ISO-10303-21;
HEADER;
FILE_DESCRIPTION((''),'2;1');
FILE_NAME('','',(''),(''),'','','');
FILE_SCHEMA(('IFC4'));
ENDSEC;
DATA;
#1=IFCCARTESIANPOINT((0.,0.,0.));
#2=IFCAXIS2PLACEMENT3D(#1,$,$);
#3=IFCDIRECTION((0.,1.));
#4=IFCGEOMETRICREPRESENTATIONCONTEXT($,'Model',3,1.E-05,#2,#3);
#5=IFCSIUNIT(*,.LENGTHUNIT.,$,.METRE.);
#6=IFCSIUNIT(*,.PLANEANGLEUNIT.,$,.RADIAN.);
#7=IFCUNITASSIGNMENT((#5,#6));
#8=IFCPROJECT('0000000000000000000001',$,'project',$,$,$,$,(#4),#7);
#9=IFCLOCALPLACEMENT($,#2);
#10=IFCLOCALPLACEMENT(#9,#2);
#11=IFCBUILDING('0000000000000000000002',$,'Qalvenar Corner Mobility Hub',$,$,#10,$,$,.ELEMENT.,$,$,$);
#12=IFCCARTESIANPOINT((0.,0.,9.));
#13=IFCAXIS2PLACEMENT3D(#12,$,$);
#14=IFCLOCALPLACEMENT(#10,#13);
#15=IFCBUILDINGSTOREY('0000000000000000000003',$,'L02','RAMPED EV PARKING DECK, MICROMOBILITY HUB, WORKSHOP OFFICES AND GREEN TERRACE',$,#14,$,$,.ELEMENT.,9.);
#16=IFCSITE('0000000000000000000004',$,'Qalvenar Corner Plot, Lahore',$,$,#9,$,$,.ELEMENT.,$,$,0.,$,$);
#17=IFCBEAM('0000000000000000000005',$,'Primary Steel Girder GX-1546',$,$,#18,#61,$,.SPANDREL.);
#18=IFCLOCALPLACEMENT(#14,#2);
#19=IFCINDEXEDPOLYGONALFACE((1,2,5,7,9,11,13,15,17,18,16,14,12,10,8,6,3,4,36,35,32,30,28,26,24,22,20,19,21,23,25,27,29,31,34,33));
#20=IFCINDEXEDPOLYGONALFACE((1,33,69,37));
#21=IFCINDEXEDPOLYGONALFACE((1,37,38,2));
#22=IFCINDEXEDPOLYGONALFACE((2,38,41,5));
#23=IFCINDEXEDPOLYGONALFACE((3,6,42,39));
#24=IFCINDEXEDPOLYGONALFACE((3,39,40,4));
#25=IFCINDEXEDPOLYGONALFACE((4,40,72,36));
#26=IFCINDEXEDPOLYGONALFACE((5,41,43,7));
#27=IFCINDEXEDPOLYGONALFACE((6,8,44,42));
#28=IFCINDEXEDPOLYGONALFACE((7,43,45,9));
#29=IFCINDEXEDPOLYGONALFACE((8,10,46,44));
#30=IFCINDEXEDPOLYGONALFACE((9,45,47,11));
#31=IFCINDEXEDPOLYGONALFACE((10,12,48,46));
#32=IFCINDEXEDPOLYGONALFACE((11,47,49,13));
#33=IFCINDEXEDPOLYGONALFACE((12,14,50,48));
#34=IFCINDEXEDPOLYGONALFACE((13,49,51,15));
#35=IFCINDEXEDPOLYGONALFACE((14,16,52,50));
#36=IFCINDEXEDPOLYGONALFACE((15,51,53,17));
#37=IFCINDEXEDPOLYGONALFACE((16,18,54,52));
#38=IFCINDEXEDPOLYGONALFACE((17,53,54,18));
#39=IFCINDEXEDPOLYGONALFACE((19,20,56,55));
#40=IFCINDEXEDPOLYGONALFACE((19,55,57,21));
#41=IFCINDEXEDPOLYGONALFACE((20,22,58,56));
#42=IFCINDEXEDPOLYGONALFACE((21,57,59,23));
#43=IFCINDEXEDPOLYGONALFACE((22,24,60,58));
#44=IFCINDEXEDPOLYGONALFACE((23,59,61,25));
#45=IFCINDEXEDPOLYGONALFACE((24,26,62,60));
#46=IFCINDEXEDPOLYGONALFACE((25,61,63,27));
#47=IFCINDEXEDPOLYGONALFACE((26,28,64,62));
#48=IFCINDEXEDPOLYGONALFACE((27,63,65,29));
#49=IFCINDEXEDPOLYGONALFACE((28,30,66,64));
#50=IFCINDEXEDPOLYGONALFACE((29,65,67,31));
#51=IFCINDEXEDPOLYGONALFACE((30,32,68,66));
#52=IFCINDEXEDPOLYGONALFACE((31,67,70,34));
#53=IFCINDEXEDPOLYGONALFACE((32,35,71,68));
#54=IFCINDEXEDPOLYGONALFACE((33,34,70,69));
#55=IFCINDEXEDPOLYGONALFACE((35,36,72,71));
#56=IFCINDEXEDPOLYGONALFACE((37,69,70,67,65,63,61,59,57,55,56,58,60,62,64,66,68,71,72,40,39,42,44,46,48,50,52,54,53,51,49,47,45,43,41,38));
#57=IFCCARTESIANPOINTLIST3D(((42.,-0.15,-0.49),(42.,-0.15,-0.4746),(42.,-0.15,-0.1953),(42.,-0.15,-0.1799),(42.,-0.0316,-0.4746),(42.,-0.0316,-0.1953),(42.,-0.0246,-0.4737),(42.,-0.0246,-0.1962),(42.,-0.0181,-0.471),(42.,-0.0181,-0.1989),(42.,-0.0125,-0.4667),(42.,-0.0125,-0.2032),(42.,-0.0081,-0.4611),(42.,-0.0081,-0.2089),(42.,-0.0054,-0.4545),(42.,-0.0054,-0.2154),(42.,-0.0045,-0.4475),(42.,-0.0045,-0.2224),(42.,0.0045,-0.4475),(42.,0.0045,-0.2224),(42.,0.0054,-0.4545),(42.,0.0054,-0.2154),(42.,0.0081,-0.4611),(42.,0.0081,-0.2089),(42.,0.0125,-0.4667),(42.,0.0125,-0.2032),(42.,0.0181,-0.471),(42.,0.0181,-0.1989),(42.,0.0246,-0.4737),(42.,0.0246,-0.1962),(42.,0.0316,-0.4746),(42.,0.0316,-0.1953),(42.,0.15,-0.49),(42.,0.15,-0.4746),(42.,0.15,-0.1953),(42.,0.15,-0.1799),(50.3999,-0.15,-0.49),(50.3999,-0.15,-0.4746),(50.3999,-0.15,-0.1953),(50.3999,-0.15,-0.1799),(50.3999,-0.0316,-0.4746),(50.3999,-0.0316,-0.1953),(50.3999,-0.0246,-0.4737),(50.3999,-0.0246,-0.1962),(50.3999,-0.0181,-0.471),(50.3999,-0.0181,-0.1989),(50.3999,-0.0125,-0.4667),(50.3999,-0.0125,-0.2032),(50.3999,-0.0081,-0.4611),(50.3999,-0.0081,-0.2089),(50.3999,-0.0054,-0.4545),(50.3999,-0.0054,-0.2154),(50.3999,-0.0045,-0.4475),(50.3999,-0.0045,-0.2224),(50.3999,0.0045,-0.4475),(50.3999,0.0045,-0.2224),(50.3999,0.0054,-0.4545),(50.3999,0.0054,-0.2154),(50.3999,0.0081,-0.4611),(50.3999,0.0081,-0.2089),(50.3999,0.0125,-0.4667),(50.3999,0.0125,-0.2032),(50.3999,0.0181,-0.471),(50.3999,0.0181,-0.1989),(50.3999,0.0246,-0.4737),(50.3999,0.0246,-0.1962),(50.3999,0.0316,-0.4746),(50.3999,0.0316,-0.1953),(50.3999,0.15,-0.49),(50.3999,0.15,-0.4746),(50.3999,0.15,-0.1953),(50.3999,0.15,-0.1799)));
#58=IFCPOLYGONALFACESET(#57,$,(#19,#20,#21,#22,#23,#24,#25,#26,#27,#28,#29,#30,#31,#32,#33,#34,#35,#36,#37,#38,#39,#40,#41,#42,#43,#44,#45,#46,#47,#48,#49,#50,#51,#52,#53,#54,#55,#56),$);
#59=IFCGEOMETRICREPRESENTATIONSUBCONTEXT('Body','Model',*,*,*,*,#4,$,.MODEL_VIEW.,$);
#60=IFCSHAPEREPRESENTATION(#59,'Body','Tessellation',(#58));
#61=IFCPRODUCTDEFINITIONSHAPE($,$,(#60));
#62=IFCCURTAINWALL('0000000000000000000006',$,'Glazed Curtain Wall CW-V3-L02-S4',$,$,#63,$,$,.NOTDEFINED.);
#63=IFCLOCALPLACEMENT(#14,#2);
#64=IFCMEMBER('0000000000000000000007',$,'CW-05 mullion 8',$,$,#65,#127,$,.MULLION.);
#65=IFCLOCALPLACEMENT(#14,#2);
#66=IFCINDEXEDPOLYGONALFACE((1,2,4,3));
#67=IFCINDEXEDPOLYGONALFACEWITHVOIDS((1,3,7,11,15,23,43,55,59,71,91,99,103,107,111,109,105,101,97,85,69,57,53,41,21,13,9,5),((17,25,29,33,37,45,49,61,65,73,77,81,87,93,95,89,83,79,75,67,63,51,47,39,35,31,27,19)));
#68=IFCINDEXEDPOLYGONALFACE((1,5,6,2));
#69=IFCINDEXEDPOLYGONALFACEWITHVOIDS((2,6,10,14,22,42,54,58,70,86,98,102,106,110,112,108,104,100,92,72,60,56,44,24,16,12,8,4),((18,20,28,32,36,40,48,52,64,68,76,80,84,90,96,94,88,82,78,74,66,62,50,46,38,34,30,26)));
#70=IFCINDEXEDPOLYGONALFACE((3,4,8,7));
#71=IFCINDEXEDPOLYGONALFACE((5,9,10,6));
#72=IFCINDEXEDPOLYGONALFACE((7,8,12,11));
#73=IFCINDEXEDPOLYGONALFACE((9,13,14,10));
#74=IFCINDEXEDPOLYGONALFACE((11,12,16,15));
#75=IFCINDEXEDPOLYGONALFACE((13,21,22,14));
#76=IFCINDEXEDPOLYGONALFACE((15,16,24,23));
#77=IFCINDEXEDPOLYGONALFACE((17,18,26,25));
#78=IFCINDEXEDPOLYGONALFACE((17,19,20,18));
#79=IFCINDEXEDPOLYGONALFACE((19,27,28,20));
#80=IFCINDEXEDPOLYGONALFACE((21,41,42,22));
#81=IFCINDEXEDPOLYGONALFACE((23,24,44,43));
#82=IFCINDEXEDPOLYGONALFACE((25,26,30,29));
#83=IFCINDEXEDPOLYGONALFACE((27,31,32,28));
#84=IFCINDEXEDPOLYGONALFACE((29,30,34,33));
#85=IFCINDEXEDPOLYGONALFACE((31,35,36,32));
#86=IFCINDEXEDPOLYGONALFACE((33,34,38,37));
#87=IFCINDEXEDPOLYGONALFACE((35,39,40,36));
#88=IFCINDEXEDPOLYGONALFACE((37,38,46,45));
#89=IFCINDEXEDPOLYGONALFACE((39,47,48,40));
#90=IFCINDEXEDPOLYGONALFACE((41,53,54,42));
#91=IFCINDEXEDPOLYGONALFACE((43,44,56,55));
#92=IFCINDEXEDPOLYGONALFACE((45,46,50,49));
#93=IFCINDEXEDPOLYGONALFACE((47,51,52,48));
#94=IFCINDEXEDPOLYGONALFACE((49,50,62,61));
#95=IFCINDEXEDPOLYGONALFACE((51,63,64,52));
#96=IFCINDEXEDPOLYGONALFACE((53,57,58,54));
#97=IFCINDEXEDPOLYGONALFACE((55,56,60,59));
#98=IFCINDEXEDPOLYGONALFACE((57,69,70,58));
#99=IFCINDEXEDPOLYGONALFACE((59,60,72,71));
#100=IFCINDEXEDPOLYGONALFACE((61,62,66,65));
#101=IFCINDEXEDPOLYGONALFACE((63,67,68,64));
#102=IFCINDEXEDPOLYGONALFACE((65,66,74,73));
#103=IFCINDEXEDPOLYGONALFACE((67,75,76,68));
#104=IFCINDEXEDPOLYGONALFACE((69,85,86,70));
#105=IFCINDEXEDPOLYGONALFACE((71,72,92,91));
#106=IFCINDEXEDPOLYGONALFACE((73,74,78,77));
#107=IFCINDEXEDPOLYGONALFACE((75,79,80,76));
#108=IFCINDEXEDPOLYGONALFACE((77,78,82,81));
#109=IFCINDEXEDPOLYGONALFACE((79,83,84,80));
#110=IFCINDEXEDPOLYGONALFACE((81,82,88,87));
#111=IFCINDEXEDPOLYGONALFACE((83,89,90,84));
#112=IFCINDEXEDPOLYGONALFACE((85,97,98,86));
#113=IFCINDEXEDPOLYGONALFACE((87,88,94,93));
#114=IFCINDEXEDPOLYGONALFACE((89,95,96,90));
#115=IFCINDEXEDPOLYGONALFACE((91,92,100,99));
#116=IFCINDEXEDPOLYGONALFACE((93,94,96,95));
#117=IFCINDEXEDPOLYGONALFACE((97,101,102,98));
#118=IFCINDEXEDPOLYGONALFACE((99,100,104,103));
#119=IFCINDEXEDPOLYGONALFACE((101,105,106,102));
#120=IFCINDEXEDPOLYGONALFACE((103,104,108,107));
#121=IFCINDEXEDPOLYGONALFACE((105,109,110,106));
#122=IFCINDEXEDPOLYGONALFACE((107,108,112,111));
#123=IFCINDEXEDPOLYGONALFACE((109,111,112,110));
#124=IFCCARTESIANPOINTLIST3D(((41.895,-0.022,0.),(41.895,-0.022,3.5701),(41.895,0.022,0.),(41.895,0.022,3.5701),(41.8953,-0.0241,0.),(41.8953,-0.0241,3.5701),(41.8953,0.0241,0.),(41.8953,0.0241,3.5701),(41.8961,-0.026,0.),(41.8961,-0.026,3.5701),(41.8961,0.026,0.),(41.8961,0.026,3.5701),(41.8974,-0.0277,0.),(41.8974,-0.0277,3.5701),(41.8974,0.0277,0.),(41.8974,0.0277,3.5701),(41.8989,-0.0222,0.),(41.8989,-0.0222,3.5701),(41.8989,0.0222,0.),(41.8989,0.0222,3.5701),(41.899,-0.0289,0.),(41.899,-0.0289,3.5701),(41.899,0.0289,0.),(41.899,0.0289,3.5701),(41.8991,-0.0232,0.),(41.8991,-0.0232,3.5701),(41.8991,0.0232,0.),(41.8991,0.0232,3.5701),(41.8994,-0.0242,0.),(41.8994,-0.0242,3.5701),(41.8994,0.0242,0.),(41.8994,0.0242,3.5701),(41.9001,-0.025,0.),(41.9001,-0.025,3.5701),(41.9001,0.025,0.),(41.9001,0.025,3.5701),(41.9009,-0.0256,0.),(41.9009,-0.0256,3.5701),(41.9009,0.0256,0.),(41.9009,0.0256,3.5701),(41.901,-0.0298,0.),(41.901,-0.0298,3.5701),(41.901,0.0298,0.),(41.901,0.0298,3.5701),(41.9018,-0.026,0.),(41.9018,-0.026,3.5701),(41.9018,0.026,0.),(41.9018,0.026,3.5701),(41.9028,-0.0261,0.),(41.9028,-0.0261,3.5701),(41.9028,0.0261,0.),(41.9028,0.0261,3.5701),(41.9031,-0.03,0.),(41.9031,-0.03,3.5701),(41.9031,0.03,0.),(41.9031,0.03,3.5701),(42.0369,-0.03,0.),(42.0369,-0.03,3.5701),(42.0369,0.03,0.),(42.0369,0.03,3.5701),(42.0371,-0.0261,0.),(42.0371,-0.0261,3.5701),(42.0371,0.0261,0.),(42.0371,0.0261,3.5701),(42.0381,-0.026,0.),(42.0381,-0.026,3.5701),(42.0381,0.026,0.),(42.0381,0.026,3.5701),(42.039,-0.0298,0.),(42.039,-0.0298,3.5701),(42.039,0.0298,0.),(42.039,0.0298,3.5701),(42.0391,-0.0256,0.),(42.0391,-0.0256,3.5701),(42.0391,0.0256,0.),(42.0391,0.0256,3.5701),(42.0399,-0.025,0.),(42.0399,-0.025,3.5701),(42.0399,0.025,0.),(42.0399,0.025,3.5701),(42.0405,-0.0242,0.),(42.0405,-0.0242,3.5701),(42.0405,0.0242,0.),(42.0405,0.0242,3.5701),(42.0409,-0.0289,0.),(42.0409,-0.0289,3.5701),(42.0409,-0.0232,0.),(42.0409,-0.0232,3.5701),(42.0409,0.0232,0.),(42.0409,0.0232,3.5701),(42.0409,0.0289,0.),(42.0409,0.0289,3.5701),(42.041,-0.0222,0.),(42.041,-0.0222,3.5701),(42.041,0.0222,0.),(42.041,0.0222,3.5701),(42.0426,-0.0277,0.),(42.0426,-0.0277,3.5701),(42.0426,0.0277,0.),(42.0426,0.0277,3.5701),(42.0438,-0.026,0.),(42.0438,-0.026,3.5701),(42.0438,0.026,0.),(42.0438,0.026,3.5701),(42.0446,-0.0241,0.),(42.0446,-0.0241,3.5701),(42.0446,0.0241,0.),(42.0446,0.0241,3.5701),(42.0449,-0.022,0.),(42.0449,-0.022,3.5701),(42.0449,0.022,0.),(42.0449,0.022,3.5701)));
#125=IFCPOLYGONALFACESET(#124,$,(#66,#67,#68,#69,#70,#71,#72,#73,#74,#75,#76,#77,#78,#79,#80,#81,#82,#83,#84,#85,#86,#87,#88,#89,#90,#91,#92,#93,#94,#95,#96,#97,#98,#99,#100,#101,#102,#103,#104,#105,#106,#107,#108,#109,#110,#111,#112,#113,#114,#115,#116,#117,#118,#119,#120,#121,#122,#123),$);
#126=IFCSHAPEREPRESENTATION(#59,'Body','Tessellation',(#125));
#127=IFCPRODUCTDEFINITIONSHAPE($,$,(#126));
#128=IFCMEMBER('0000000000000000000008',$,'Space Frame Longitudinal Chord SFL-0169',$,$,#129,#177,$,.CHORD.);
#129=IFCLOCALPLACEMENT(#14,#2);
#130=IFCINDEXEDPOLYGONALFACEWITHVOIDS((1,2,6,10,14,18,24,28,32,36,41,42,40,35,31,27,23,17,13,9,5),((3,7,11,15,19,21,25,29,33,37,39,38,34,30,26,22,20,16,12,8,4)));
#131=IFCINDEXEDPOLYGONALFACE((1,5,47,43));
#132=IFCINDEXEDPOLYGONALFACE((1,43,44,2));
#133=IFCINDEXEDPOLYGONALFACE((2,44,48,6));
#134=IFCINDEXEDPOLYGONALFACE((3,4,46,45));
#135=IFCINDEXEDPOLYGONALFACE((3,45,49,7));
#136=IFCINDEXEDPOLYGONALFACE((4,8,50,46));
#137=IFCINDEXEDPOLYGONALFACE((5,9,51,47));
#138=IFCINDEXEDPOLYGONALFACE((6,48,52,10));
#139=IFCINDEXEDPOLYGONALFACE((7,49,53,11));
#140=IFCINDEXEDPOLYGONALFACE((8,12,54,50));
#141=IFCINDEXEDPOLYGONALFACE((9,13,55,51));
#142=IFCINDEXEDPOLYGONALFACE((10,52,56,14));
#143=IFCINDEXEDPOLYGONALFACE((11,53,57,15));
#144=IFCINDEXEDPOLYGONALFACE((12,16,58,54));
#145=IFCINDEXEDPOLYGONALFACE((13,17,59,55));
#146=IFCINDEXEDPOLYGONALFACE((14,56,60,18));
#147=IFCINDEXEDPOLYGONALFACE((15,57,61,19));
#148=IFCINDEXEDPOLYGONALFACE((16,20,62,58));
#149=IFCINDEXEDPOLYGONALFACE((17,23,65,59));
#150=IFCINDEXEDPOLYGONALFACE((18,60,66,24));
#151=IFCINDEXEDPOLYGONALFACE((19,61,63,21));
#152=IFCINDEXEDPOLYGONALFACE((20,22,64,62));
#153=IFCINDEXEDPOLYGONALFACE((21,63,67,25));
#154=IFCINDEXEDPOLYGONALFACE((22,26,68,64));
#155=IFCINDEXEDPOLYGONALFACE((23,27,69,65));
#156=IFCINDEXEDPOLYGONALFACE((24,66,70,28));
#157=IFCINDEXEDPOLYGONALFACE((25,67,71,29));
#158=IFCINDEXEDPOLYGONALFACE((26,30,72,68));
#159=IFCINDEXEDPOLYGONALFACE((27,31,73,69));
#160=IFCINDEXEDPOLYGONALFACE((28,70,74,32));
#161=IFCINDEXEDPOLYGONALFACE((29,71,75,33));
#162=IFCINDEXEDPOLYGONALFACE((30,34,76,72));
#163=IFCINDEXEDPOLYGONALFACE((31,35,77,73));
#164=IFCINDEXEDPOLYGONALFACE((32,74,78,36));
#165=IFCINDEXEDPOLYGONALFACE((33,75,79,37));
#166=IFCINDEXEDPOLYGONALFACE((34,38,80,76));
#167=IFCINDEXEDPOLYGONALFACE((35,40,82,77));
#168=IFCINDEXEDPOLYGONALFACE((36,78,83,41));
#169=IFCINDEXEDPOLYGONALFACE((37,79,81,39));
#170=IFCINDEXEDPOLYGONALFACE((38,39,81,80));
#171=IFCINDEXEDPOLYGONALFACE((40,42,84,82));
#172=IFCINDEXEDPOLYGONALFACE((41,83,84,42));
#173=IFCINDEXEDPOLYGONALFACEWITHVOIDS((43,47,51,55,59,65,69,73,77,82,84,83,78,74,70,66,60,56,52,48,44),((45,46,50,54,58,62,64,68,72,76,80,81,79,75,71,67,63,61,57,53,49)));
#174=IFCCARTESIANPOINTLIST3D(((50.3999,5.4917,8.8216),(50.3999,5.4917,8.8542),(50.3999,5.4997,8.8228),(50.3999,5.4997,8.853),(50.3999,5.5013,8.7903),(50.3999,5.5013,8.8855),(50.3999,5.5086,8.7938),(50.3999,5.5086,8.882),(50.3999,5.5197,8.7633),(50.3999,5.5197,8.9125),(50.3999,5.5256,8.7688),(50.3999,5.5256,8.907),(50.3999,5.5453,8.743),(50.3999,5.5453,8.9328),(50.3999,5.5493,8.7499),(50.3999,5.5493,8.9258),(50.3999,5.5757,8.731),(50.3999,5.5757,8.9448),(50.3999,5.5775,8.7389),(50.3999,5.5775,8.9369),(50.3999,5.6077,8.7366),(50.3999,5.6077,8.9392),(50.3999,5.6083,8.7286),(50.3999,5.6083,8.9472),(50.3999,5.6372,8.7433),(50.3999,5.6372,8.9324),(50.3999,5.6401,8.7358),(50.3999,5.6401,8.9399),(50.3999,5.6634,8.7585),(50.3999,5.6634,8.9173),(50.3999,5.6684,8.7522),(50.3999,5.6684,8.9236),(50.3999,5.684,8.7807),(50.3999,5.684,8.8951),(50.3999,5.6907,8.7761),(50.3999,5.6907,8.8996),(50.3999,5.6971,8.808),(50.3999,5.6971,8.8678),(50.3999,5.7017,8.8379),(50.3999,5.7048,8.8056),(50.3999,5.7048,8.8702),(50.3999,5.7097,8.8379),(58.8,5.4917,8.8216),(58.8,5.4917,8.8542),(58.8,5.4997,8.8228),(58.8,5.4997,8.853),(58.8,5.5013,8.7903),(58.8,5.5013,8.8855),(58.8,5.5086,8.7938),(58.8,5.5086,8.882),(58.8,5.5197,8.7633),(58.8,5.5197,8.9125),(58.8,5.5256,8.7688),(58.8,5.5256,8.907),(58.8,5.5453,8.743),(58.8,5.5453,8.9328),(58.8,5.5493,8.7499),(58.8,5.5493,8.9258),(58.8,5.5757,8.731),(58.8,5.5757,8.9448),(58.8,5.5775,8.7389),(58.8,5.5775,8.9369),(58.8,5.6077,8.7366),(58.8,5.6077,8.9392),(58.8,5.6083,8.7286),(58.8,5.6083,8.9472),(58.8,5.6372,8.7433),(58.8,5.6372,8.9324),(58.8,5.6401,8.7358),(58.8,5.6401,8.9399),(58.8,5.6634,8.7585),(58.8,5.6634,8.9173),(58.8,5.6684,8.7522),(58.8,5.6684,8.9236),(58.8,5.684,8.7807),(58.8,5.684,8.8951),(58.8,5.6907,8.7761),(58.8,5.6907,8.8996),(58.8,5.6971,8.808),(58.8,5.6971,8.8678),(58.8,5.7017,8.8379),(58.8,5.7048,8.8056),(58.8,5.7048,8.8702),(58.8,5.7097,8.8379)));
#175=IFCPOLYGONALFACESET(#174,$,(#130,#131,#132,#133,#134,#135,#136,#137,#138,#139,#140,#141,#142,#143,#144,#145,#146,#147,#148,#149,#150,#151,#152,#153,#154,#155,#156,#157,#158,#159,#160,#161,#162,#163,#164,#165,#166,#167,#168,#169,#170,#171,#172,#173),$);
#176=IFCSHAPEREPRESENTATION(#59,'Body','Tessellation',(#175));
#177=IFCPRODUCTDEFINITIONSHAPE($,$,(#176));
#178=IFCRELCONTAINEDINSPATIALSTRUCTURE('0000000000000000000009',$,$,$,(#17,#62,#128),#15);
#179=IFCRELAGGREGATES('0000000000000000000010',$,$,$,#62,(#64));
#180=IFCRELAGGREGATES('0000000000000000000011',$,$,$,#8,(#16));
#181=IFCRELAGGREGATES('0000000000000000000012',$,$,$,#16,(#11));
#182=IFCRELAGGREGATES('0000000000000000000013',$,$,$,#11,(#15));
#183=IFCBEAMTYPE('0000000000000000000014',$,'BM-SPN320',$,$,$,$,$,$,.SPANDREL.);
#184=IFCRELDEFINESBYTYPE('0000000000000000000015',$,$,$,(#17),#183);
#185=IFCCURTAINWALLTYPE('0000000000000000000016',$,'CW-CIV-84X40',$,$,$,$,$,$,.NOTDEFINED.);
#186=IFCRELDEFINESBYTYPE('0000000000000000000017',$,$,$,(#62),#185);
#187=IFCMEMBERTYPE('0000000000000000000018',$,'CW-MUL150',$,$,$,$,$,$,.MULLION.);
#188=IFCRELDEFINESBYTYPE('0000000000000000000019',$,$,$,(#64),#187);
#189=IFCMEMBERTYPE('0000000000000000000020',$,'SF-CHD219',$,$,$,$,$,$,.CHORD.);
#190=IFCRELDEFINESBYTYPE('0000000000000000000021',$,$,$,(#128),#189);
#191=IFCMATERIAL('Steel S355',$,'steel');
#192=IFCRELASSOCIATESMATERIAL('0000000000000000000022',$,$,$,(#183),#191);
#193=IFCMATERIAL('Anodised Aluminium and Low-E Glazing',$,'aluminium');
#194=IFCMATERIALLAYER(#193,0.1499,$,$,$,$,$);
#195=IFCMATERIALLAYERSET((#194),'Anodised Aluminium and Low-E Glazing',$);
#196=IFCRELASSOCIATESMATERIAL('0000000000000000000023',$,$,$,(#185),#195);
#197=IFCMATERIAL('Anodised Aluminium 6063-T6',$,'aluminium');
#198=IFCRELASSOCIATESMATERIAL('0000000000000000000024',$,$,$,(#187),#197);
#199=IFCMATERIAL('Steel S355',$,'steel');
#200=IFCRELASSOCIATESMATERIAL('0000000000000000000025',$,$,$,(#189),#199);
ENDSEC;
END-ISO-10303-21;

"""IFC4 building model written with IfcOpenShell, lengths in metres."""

from ifc_helpers import new_model, si_unit, direction, frame, origin, origin_2d, place, context, subcontext, project, spatial, hollow_rectangle, hollow_circle, i_section, extrude, material, layer, layer_set, material_profile, profile_set, type_object, element, aggregate, save


model = new_model("IFC4")

# Units and contexts
model_context = context("Model", 3, precision=1e-05, world=origin(), true_north=direction((0.0, 1.0)))
body_context = subcontext(model_context, "Body", "Model", "MODEL_VIEW")
ifc_project = project(units=[si_unit("LENGTHUNIT", "METRE"), si_unit("PLANEANGLEUNIT", "RADIAN")], contexts=[model_context])

# Site, building, storey
site_placement = place(None, origin())
site = spatial("IfcSite", under=ifc_project, at=site_placement, Name="Qalvenar Corner Plot, Lahore", CompositionType="ELEMENT", RefElevation=0.0)
building_placement = place(site_placement, origin())
building = spatial("IfcBuilding", under=site, at=building_placement, Name="Qalvenar Corner Mobility Hub", CompositionType="ELEMENT")
storey_placement = place(building_placement, frame((0.0, 0.0, 9.0)))
storey = spatial("IfcBuildingStorey", under=building, at=storey_placement, Name="L02", Description="RAMPED EV PARKING DECK, MICROMOBILITY HUB, WORKSHOP OFFICES AND GREEN TERRACE", CompositionType="ELEMENT", Elevation=9.0)

# Shared definitions
ifc_material_1 = material(Name="Steel S355", Category="steel")

# Beam
ifc_material_profile_1 = material_profile(ifc_material_1, i_section(OverallWidth=0.3, OverallDepth=0.3101, WebThickness=0.009, FlangeThickness=0.0154, FilletRadius=0.0271, at=origin_2d()), Name="HEA320")
ifc_profile_set_1 = profile_set([ifc_material_profile_1], Name="Steel S355")
beam_type_1 = type_object("IfcBeamType", Name="BM-SPN320", PredefinedType="SPANDREL", material=ifc_profile_set_1)
beam_1_placement = place(storey_placement, frame((42.0, 0.0, -0.335), z_axis=(1.0, 0.0, 0.0), x_axis=(0.0, 1.0, 0.0)))
element("IfcBeam", 1, at=beam_1_placement, inside=storey, type_object=beam_type_1, Name="Primary Steel Girder GX-1546", PredefinedType="SPANDREL", context=body_context, shape_type="SweptSolid", body=[
    extrude(i_section(OverallWidth=0.3, OverallDepth=0.3101, WebThickness=0.009, FlangeThickness=0.0154, FilletRadius=0.0271, at=origin_2d()), origin(), (0.0, 0.0, 1.0), 8.3999),
])

# Curtain wall, member
ifc_material_2 = material(Name="Anodised Aluminium and Low-E Glazing", Category="aluminium")
ifc_layer_1 = layer(ifc_material_2, 0.1499)
ifc_layer_set_1 = layer_set([ifc_layer_1], Name="Anodised Aluminium and Low-E Glazing")
curtain_wall_type = type_object("IfcCurtainWallType", Name="CW-CIV-84X40", PredefinedType="NOTDEFINED", material=ifc_layer_set_1)
curtain_wall_placement = place(storey_placement, origin())
curtain_wall = element("IfcCurtainWall", 2, at=curtain_wall_placement, inside=storey, type_object=curtain_wall_type, Name="Glazed Curtain Wall CW-V3-L02-S4", PredefinedType="NOTDEFINED")
ifc_material_3 = material(Name="Anodised Aluminium 6063-T6", Category="aluminium")
ifc_material_profile_2 = material_profile(ifc_material_3, hollow_rectangle(XDim=0.0601, YDim=0.1499, WallThickness=0.0039, InnerFilletRadius=0.0039, OuterFilletRadius=0.0081, at=origin_2d()), Name="RHS150x60x4")
ifc_profile_set_2 = profile_set([ifc_material_profile_2], Name="Anodised Aluminium 6063-T6")
member_type_1 = type_object("IfcMemberType", Name="CW-MUL150", PredefinedType="MULLION", material=ifc_profile_set_2)
member_1_placement = place(storey_placement, frame((41.97, 0.0, 0.0), z_axis=(0.0, 0.0, 1.0), x_axis=(0.0, 1.0, 0.0)))
member_1 = element("IfcMember", 3, at=member_1_placement, type_object=member_type_1, Name="CW-05 mullion 8", PredefinedType="MULLION", context=body_context, shape_type="SweptSolid", body=[
    extrude(hollow_rectangle(XDim=0.0601, YDim=0.1499, WallThickness=0.0039, InnerFilletRadius=0.0039, OuterFilletRadius=0.0081, at=origin_2d()), origin(), (0.0, 0.0, 1.0), 3.5701),
])
aggregate(curtain_wall, [member_1])

# Member
ifc_material_4 = material(Name="Steel S355", Category="steel")
ifc_material_profile_3 = material_profile(ifc_material_4, hollow_circle(Radius=0.1096, WallThickness=0.0081, at=origin_2d()), Name="CHS219.1x8")
ifc_profile_set_3 = profile_set([ifc_material_profile_3], Name="Steel S355")
member_type_2 = type_object("IfcMemberType", Name="SF-CHD219", PredefinedType="CHORD", material=ifc_profile_set_3)
member_2_placement = place(storey_placement, frame((50.3999, 5.6001, 8.8379), z_axis=(1.0, 0.0, 0.0), x_axis=(0.0, 1.0, 0.0)))
element("IfcMember", 4, at=member_2_placement, inside=storey, type_object=member_type_2, Name="Space Frame Longitudinal Chord SFL-0169", PredefinedType="CHORD", context=body_context, shape_type="SweptSolid", body=[
    extrude(hollow_circle(Radius=0.1096, WallThickness=0.0081, at=origin_2d()), origin(), (0.0, 0.0, 1.0), 8.4001),
])

save(model, "model.ifc")
